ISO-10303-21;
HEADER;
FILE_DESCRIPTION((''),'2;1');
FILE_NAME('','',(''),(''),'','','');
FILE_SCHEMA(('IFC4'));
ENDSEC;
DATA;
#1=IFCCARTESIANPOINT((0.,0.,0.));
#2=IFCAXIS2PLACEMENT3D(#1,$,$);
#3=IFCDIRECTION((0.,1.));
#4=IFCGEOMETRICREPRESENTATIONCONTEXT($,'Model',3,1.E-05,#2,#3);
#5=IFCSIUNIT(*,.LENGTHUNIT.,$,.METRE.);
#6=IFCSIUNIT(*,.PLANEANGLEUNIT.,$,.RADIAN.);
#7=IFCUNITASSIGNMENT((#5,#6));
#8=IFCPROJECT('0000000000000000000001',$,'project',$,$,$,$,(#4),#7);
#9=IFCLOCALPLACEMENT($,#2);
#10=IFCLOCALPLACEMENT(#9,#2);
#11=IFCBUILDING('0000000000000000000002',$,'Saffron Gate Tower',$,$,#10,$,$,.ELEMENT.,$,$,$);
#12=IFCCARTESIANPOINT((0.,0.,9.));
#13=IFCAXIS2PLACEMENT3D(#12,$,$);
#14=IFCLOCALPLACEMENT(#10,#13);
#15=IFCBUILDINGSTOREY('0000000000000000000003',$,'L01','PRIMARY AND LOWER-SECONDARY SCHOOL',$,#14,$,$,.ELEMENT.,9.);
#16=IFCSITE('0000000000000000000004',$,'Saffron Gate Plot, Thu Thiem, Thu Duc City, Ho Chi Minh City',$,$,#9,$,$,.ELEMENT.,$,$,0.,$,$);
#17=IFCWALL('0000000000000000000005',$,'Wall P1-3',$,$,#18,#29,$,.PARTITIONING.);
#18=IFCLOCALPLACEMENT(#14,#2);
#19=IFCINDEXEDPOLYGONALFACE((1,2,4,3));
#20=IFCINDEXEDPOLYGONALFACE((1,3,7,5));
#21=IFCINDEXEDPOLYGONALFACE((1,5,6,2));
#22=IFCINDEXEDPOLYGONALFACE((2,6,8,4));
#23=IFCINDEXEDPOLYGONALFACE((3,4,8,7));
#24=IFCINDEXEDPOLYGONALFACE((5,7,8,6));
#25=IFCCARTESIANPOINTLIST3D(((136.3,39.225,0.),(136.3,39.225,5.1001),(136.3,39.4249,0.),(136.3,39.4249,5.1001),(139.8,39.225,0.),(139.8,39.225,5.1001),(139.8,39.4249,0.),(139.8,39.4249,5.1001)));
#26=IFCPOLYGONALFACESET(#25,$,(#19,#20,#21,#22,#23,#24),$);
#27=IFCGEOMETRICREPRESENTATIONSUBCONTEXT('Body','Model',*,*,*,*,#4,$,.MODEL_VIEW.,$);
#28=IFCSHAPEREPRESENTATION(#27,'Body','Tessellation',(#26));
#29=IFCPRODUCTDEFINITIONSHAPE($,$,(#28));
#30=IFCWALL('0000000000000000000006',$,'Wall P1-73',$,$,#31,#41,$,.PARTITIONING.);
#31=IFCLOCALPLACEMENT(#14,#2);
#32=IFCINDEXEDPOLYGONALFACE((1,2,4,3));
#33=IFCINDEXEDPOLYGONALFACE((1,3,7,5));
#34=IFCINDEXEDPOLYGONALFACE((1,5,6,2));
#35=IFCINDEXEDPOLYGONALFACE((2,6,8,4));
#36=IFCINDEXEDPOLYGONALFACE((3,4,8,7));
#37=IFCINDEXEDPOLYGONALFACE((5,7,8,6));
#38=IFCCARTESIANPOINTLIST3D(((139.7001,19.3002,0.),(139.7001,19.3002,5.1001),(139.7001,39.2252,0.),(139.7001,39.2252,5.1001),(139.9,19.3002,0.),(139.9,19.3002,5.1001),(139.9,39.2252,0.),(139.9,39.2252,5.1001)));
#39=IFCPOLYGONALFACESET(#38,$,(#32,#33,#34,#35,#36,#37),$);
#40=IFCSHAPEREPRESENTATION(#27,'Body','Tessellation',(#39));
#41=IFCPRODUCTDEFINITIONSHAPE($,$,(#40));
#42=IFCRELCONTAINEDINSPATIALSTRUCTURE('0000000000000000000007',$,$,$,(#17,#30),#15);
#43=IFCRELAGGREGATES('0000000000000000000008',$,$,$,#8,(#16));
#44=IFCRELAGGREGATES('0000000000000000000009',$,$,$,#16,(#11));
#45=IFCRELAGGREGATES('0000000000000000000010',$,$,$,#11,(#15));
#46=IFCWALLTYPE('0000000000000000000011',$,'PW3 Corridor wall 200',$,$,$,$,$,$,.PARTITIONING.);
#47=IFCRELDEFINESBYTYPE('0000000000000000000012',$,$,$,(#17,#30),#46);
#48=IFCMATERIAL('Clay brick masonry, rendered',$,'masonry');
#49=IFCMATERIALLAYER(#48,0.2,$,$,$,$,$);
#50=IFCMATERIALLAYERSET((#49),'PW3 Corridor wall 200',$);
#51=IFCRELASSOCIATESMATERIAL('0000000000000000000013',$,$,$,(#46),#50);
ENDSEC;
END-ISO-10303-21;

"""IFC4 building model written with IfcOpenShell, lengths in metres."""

from ifc_helpers import new_model, si_unit, direction, frame, frame_2d, origin, place, context, subcontext, project, spatial, rectangle, extrude, material, layer, layer_set, type_object, element, save


model = new_model("IFC4")

# Units and contexts
model_context = context("Model", 3, precision=1e-05, world=origin(), true_north=direction((0.0, 1.0)))
body_context = subcontext(model_context, "Body", "Model", "MODEL_VIEW")
ifc_project = project(units=[si_unit("LENGTHUNIT", "METRE"), si_unit("PLANEANGLEUNIT", "RADIAN")], contexts=[model_context])

# Site, building, storey
site_placement = place(None, origin())
site = spatial("IfcSite", under=ifc_project, at=site_placement, Name="Saffron Gate Plot, Thu Thiem, Thu Duc City, Ho Chi Minh City", CompositionType="ELEMENT", RefElevation=0.0)
building_placement = place(site_placement, origin())
building = spatial("IfcBuilding", under=site, at=building_placement, Name="Saffron Gate Tower", CompositionType="ELEMENT")
storey_placement = place(building_placement, frame((0.0, 0.0, 9.0)))
storey = spatial("IfcBuildingStorey", under=building, at=storey_placement, Name="L01", Description="PRIMARY AND LOWER-SECONDARY SCHOOL", CompositionType="ELEMENT", Elevation=9.0)

# Walls
ifc_material_1 = material(Name="Clay brick masonry, rendered", Category="masonry")
ifc_layer = layer(ifc_material_1, 0.2)
ifc_layer_set = layer_set([ifc_layer], Name="PW3 Corridor wall 200")
wall_type = type_object("IfcWallType", Name="PW3 Corridor wall 200", PredefinedType="PARTITIONING", material=ifc_layer_set)
wall_1_placement = place(storey_placement, frame((136.3, 39.325, 0.0), z_axis=(0.0, 0.0, 1.0), x_axis=(1.0, 0.0, 0.0)))
element("IfcWall", 1, at=wall_1_placement, inside=storey, type_object=wall_type, Name="Wall P1-3", PredefinedType="PARTITIONING", context=body_context, shape_type="SweptSolid", body=[
    extrude(rectangle(XDim=3.5, YDim=0.2, at=frame_2d((1.75, 0.0))), origin(), (0.0, 0.0, 1.0), 5.1001),
])
wall_2_placement = place(storey_placement, frame((139.8, 39.2251, 0.0), z_axis=(0.0, 0.0, 1.0), x_axis=(0.0, -1.0, 0.0)))
element("IfcWall", 2, at=wall_2_placement, inside=storey, type_object=wall_type, Name="Wall P1-73", PredefinedType="PARTITIONING", context=body_context, shape_type="SweptSolid", body=[
    extrude(rectangle(XDim=19.925, YDim=0.2, at=frame_2d((9.9624, 0.0))), origin(), (0.0, 0.0, 1.0), 5.1001),
])

save(model, "model.ifc")
